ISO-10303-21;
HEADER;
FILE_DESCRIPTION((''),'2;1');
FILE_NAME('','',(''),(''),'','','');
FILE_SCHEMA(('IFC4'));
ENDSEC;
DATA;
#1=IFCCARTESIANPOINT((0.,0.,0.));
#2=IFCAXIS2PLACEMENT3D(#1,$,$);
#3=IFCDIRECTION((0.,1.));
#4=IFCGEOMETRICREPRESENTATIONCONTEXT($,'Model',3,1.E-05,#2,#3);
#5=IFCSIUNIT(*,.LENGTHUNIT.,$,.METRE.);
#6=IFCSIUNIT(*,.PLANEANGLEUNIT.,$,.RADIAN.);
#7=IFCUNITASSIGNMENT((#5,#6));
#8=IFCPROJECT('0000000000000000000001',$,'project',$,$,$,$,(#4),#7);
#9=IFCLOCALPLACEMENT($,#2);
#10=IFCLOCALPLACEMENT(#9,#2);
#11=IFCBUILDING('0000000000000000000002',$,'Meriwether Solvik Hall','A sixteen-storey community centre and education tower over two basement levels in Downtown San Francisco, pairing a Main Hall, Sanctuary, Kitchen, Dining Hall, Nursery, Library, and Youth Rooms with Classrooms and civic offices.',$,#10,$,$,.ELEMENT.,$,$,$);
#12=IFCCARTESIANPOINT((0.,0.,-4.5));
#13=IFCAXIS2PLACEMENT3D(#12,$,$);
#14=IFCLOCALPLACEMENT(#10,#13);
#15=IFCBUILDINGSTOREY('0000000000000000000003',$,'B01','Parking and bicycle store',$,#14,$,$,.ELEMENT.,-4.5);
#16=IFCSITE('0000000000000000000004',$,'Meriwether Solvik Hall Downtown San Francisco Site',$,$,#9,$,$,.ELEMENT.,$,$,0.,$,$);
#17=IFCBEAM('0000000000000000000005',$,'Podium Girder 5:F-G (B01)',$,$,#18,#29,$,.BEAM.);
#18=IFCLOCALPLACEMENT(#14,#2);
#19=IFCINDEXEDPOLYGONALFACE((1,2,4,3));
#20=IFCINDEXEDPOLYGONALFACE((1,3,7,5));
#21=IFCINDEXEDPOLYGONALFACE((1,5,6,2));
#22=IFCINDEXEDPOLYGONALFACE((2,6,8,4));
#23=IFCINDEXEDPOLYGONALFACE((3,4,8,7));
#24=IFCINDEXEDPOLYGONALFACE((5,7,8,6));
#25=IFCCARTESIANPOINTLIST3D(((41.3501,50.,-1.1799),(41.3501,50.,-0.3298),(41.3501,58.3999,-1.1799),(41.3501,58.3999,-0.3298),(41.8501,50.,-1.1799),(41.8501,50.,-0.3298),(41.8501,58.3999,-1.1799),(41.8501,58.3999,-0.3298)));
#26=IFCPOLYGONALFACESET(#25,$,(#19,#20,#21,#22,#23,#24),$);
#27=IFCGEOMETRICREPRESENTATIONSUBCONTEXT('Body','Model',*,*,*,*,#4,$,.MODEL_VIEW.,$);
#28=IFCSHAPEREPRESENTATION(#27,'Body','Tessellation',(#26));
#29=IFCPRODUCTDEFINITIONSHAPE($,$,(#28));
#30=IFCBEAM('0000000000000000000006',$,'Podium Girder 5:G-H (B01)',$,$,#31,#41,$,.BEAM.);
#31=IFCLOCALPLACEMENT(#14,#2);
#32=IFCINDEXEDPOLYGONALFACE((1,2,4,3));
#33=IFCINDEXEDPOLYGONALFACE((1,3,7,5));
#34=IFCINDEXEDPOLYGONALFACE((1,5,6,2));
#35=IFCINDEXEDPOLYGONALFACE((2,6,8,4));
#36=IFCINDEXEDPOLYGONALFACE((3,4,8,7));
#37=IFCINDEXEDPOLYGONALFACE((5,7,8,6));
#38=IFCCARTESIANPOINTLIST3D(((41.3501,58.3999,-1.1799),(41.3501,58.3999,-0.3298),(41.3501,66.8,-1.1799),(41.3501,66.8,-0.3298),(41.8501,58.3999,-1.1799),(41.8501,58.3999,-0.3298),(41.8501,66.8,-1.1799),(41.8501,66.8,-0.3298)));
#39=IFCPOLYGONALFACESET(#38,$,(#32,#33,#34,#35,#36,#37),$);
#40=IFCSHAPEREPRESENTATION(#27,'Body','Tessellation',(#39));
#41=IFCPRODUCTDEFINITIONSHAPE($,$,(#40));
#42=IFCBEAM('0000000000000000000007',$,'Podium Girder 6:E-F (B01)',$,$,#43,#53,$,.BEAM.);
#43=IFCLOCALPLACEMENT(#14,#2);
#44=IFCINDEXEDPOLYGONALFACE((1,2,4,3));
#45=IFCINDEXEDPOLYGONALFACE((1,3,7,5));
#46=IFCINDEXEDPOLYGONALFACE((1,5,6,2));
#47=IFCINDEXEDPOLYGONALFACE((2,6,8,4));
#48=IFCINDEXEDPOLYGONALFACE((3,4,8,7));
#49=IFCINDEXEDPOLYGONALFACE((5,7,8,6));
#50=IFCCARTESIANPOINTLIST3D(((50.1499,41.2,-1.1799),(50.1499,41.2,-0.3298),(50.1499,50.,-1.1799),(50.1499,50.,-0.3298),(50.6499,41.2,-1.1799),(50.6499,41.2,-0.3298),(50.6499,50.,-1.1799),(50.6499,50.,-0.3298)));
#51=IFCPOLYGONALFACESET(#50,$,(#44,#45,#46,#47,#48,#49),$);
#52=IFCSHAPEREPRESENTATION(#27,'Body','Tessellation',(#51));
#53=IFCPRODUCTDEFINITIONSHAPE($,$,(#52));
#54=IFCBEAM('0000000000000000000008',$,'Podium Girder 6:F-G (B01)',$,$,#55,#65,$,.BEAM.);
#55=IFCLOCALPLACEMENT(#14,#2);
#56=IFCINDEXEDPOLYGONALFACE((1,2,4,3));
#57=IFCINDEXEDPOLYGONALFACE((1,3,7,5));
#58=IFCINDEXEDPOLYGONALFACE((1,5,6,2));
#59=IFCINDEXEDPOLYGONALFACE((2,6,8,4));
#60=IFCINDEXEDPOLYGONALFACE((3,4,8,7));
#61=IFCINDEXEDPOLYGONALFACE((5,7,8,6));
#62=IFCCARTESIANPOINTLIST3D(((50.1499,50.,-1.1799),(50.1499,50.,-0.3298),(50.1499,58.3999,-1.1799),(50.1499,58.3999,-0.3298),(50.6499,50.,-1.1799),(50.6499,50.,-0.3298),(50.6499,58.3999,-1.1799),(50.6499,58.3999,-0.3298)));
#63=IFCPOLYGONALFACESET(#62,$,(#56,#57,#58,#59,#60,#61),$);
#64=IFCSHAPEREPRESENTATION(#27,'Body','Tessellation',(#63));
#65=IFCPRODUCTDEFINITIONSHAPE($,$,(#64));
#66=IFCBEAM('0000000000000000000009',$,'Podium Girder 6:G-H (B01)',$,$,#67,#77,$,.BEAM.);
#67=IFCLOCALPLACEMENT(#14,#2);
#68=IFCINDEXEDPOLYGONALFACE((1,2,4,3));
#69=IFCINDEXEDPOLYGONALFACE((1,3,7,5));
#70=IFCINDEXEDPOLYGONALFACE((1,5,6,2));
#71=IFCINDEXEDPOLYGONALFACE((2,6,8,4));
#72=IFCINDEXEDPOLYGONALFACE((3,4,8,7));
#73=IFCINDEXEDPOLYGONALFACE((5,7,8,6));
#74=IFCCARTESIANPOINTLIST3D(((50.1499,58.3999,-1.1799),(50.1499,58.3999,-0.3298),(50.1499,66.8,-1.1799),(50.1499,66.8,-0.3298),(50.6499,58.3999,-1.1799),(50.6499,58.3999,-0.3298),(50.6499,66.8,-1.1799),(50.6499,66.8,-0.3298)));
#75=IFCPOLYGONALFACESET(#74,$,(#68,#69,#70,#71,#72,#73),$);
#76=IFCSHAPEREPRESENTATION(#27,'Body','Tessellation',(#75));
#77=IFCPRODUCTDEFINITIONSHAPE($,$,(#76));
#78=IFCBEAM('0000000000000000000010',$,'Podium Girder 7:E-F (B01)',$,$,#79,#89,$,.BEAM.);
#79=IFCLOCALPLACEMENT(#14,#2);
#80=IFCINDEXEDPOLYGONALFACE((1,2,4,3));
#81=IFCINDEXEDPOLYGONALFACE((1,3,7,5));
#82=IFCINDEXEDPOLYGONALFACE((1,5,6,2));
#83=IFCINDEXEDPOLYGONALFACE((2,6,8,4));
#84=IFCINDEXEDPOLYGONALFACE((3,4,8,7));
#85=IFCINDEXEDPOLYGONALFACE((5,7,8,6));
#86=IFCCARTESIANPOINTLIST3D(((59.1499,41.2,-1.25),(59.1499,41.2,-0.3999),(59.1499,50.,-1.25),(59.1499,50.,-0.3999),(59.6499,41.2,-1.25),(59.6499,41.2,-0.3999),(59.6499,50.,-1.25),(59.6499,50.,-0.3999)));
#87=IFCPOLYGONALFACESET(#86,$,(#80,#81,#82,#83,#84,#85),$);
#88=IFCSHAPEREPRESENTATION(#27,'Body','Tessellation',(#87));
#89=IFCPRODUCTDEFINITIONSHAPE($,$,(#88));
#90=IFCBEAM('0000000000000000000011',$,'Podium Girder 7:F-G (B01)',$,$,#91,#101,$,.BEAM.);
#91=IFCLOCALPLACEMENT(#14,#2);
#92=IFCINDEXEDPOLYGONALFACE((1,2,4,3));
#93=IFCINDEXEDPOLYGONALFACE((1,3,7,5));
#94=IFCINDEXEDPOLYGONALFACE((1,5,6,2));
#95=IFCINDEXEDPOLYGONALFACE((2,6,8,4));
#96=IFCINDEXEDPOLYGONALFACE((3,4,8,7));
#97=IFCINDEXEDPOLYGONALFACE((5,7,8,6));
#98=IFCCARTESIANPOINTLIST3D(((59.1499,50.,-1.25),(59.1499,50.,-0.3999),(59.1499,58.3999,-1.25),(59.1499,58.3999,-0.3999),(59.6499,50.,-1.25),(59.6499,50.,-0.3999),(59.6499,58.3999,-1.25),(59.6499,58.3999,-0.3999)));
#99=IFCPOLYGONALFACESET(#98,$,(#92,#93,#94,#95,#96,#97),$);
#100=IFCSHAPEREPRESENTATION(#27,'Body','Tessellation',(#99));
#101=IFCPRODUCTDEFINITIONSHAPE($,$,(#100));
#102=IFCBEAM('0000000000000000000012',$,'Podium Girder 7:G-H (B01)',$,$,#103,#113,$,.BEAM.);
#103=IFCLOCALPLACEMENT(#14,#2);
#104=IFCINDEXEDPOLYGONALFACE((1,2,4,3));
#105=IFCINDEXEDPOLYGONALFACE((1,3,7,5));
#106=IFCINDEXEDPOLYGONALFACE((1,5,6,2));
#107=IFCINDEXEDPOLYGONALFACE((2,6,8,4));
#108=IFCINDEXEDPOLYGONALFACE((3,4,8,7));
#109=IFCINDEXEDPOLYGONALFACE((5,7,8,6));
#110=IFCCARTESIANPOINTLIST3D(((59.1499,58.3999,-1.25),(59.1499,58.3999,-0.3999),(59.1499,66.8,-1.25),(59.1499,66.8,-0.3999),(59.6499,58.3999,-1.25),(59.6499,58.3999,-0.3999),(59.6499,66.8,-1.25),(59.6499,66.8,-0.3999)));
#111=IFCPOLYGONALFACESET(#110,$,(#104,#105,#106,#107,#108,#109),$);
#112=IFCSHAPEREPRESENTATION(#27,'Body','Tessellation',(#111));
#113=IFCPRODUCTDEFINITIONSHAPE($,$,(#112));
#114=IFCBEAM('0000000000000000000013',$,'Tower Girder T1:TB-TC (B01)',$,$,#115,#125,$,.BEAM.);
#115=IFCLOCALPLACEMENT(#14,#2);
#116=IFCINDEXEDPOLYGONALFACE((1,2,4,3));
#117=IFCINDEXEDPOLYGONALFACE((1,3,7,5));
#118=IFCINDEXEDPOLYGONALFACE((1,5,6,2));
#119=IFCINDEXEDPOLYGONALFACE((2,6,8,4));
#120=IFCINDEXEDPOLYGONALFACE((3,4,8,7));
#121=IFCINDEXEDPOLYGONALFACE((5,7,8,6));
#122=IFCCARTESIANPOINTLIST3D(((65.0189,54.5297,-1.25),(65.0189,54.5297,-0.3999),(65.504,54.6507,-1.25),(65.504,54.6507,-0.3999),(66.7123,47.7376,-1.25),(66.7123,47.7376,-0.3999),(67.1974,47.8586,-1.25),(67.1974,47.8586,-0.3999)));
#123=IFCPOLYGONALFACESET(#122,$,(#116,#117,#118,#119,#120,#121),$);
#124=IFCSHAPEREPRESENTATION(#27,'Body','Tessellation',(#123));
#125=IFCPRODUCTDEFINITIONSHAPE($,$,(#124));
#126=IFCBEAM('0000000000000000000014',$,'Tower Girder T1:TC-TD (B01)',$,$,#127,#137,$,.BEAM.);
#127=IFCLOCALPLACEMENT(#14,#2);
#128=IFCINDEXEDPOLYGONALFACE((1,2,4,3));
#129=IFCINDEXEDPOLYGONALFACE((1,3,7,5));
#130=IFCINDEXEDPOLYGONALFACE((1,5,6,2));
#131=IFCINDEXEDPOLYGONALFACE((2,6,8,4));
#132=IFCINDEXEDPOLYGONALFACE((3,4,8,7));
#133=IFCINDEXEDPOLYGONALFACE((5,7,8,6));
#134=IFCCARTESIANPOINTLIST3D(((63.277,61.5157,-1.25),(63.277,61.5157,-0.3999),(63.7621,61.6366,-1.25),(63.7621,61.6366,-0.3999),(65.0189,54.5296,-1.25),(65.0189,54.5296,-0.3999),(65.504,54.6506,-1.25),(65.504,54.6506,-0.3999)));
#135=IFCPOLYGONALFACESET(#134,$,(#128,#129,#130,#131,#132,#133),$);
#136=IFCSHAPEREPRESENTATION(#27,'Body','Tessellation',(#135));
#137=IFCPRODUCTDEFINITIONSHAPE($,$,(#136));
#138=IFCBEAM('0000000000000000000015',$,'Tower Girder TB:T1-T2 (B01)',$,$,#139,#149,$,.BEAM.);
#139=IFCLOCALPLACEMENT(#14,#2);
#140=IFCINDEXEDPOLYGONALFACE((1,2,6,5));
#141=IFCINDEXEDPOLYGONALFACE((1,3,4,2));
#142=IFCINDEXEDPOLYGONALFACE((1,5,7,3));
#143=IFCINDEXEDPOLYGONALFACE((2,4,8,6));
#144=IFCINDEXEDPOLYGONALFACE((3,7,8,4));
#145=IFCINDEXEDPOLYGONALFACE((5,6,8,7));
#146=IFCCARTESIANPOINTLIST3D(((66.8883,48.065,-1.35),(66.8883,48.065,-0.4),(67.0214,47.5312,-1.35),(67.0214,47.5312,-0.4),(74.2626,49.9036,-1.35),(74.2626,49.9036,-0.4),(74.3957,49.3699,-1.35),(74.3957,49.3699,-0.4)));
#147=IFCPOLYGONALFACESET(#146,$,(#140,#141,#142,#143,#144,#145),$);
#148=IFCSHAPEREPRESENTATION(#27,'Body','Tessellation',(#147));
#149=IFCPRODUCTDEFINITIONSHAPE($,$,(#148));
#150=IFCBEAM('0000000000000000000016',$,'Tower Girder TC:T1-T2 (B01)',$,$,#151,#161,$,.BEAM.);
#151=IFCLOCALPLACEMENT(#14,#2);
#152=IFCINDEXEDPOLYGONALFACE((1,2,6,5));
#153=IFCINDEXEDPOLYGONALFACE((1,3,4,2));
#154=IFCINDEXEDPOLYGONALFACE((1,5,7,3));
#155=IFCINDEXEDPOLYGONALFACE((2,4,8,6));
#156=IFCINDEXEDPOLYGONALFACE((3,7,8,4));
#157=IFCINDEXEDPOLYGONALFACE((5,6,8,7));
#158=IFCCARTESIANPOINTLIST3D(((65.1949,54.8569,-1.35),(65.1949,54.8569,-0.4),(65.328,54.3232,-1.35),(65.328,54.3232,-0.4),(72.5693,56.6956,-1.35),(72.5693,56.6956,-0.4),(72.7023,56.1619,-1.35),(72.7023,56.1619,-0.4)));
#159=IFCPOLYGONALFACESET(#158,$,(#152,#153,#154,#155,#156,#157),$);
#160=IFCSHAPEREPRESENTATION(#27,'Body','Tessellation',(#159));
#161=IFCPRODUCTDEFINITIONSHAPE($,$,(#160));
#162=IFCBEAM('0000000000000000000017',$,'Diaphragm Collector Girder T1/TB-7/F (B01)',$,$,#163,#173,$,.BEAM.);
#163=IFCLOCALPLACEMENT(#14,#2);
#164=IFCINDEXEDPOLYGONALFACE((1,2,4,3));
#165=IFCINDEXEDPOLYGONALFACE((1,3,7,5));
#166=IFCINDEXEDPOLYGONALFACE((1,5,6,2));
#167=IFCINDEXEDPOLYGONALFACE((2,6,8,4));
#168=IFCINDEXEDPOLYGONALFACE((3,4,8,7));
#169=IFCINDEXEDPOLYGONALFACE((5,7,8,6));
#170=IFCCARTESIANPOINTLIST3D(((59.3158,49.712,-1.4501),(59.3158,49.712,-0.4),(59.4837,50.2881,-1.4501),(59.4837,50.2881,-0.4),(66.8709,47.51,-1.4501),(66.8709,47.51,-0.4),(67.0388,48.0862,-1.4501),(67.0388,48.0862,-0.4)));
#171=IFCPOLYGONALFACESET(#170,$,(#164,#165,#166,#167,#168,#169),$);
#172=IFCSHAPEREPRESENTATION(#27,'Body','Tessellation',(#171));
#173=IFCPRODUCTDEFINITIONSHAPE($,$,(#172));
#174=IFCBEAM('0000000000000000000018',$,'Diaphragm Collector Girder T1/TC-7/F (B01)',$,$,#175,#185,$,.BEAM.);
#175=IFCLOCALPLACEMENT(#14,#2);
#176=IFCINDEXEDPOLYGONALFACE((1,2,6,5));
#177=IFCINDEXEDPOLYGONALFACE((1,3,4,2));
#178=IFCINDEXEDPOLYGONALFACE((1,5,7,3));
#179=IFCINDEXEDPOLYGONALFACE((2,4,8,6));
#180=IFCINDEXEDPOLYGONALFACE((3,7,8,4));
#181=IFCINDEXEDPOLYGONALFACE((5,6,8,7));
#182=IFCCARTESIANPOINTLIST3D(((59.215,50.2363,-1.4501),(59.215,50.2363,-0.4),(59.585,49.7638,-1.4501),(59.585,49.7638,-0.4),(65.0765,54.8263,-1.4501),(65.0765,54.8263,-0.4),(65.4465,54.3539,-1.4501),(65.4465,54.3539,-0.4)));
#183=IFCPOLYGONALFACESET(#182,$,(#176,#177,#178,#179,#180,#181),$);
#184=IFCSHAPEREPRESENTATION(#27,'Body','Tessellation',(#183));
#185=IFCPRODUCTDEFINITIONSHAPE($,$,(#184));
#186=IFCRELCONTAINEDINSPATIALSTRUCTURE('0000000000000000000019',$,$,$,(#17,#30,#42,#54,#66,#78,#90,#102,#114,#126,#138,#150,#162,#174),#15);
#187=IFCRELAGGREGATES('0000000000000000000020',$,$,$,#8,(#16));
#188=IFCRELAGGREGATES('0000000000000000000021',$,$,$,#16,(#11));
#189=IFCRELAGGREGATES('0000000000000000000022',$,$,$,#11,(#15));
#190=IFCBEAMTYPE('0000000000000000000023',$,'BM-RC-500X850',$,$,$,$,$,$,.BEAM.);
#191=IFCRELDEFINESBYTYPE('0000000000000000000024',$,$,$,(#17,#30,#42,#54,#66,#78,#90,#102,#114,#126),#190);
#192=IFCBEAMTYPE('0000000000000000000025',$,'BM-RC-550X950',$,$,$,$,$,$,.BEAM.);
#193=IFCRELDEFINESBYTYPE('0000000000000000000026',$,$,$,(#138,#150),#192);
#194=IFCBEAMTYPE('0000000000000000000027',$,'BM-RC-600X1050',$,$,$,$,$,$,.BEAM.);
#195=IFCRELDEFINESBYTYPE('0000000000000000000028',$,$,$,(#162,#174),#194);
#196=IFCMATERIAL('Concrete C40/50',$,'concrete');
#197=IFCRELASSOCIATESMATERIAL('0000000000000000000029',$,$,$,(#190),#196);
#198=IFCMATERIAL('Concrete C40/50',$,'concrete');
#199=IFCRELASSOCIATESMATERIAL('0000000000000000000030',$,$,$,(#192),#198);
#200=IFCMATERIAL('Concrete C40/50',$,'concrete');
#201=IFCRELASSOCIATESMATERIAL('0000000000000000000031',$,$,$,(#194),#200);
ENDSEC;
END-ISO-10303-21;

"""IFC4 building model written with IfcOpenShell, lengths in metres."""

from ifc_helpers import new_model, si_unit, direction, frame, origin, origin_2d, place, context, subcontext, project, spatial, rectangle, extrude, material, material_profile, profile_set, type_object, element, save


model = new_model("IFC4")

# Units and contexts
model_context = context("Model", 3, precision=1e-05, world=origin(), true_north=direction((0.0, 1.0)))
body_context = subcontext(model_context, "Body", "Model", "MODEL_VIEW")
ifc_project = project(units=[si_unit("LENGTHUNIT", "METRE"), si_unit("PLANEANGLEUNIT", "RADIAN")], contexts=[model_context])

# Site, building, storey
site_placement = place(None, origin())
site = spatial("IfcSite", under=ifc_project, at=site_placement, Name="Meriwether Solvik Hall Downtown San Francisco Site", CompositionType="ELEMENT", RefElevation=0.0)
building_placement = place(site_placement, origin())
building = spatial("IfcBuilding", under=site, at=building_placement, Name="Meriwether Solvik Hall", Description="A sixteen-storey community centre and education tower over two basement levels in Downtown San Francisco, pairing a Main Hall, Sanctuary, Kitchen, Dining Hall, Nursery, Library, and Youth Rooms with Classrooms and civic offices.", CompositionType="ELEMENT")
storey_placement = place(building_placement, frame((0.0, 0.0, -4.5)))
storey = spatial("IfcBuildingStorey", under=building, at=storey_placement, Name="B01", Description="Parking and bicycle store", CompositionType="ELEMENT", Elevation=-4.5)

# Beams
ifc_material_1 = material(Name="Concrete C40/50", Category="concrete")
ifc_material_profile_1 = material_profile(ifc_material_1, rectangle(XDim=0.5, YDim=0.8501, at=origin_2d()), Name="RCB-500X850")
ifc_profile_set_1 = profile_set([ifc_material_profile_1], Name="Concrete C40/50")
beam_type_1 = type_object("IfcBeamType", Name="BM-RC-500X850", PredefinedType="BEAM", material=ifc_profile_set_1)
beam_1_placement = place(storey_placement, frame((41.6001, 50.0, -0.7549), z_axis=(0.0, 1.0, 0.0), x_axis=(-1.0, 0.0, 0.0)))
element("IfcBeam", 1, at=beam_1_placement, inside=storey, type_object=beam_type_1, Name="Podium Girder 5:F-G (B01)", PredefinedType="BEAM", context=body_context, shape_type="SweptSolid", body=[
    extrude(rectangle(XDim=0.5, YDim=0.8501, at=origin_2d()), origin(), (0.0, 0.0, 1.0), 8.3999),
])
beam_2_placement = place(storey_placement, frame((41.6001, 58.3999, -0.7549), z_axis=(0.0, 1.0, 0.0), x_axis=(-1.0, 0.0, 0.0)))
element("IfcBeam", 2, at=beam_2_placement, inside=storey, type_object=beam_type_1, Name="Podium Girder 5:G-H (B01)", PredefinedType="BEAM", context=body_context, shape_type="SweptSolid", body=[
    extrude(rectangle(XDim=0.5, YDim=0.8501, at=origin_2d()), origin(), (0.0, 0.0, 1.0), 8.4001),
])
beam_3_placement = place(storey_placement, frame((50.3999, 41.2, -0.7549), z_axis=(0.0, 1.0, 0.0), x_axis=(-1.0, 0.0, 0.0)))
element("IfcBeam", 3, at=beam_3_placement, inside=storey, type_object=beam_type_1, Name="Podium Girder 6:E-F (B01)", PredefinedType="BEAM", context=body_context, shape_type="SweptSolid", body=[
    extrude(rectangle(XDim=0.5, YDim=0.8501, at=origin_2d()), origin(), (0.0, 0.0, 1.0), 8.8),
])
beam_4_placement = place(storey_placement, frame((50.3999, 50.0, -0.7549), z_axis=(0.0, 1.0, 0.0), x_axis=(-1.0, 0.0, 0.0)))
element("IfcBeam", 4, at=beam_4_placement, inside=storey, type_object=beam_type_1, Name="Podium Girder 6:F-G (B01)", PredefinedType="BEAM", context=body_context, shape_type="SweptSolid", body=[
    extrude(rectangle(XDim=0.5, YDim=0.8501, at=origin_2d()), origin(), (0.0, 0.0, 1.0), 8.3999),
])
beam_5_placement = place(storey_placement, frame((50.3999, 58.3999, -0.7549), z_axis=(0.0, 1.0, 0.0), x_axis=(-1.0, 0.0, 0.0)))
element("IfcBeam", 5, at=beam_5_placement, inside=storey, type_object=beam_type_1, Name="Podium Girder 6:G-H (B01)", PredefinedType="BEAM", context=body_context, shape_type="SweptSolid", body=[
    extrude(rectangle(XDim=0.5, YDim=0.8501, at=origin_2d()), origin(), (0.0, 0.0, 1.0), 8.4001),
])
beam_6_placement = place(storey_placement, frame((59.3999, 41.2, -0.825), z_axis=(0.0, 1.0, 0.0), x_axis=(-1.0, 0.0, 0.0)))
element("IfcBeam", 6, at=beam_6_placement, inside=storey, type_object=beam_type_1, Name="Podium Girder 7:E-F (B01)", PredefinedType="BEAM", context=body_context, shape_type="SweptSolid", body=[
    extrude(rectangle(XDim=0.5, YDim=0.8501, at=origin_2d()), origin(), (0.0, 0.0, 1.0), 8.8),
])
beam_7_placement = place(storey_placement, frame((59.3999, 50.0, -0.825), z_axis=(0.0, 1.0, 0.0), x_axis=(-1.0, 0.0, 0.0)))
element("IfcBeam", 7, at=beam_7_placement, inside=storey, type_object=beam_type_1, Name="Podium Girder 7:F-G (B01)", PredefinedType="BEAM", context=body_context, shape_type="SweptSolid", body=[
    extrude(rectangle(XDim=0.5, YDim=0.8501, at=origin_2d()), origin(), (0.0, 0.0, 1.0), 8.3999),
])
beam_8_placement = place(storey_placement, frame((59.3999, 58.3999, -0.825), z_axis=(0.0, 1.0, 0.0), x_axis=(-1.0, 0.0, 0.0)))
element("IfcBeam", 8, at=beam_8_placement, inside=storey, type_object=beam_type_1, Name="Podium Girder 7:G-H (B01)", PredefinedType="BEAM", context=body_context, shape_type="SweptSolid", body=[
    extrude(rectangle(XDim=0.5, YDim=0.8501, at=origin_2d()), origin(), (0.0, 0.0, 1.0), 8.4001),
])
beam_9_placement = place(storey_placement, frame((66.9548, 47.7981, -0.825), z_axis=(-0.241912, 0.970298, 0.0), x_axis=(-0.970298, -0.241912, 0.0)))
element("IfcBeam", 9, at=beam_9_placement, inside=storey, type_object=beam_type_1, Name="Tower Girder T1:TB-TC (B01)", PredefinedType="BEAM", context=body_context, shape_type="SweptSolid", body=[
    extrude(rectangle(XDim=0.5, YDim=0.8501, at=origin_2d()), origin(), (0.0, 0.0, 1.0), 7.0),
])
beam_10_placement = place(storey_placement, frame((65.2615, 54.5901, -0.825), z_axis=(-0.241937, 0.970292, 0.0), x_axis=(-0.970292, -0.241937, 0.0)))
element("IfcBeam", 10, at=beam_10_placement, inside=storey, type_object=beam_type_1, Name="Tower Girder T1:TC-TD (B01)", PredefinedType="BEAM", context=body_context, shape_type="SweptSolid", body=[
    extrude(rectangle(XDim=0.5, YDim=0.8501, at=origin_2d()), origin(), (0.0, 0.0, 1.0), 7.2),
])
ifc_material_2 = material(Name="Concrete C40/50", Category="concrete")
ifc_material_profile_2 = material_profile(ifc_material_2, rectangle(XDim=0.55, YDim=0.95, at=origin_2d()), Name="RCB-550X950")
ifc_profile_set_2 = profile_set([ifc_material_profile_2], Name="Concrete C40/50")
beam_type_2 = type_object("IfcBeamType", Name="BM-RC-550X950", PredefinedType="BEAM", material=ifc_profile_set_2)
for number, where, z_axis, x_axis, name in (
    (11, (66.9548, 47.7981, -0.875), (0.970295, 0.241923, 0.0), (-0.241923, 0.970295, 0.0), "Tower Girder TB:T1-T2 (B01)"),
    (12, (65.2615, 54.5901, -0.875), (0.970295, 0.241923, 0.0), (-0.241923, 0.970295, 0.0), "Tower Girder TC:T1-T2 (B01)"),
):
    element("IfcBeam", number, at=place(storey_placement, frame(where, z_axis=z_axis, x_axis=x_axis)), inside=storey, type_object=beam_type_2, Name=name, PredefinedType="BEAM", context=body_context, shape_type="SweptSolid", body=[
        extrude(rectangle(XDim=0.55, YDim=0.95, at=origin_2d()), origin(), (0.0, 0.0, 1.0), 7.6001),
    ])
ifc_material_3 = material(Name="Concrete C40/50", Category="concrete")
ifc_material_profile_3 = material_profile(ifc_material_3, rectangle(XDim=0.6001, YDim=1.05, at=origin_2d()), Name="RCB-600X1050")
ifc_profile_set_3 = profile_set([ifc_material_profile_3], Name="Concrete C40/50")
beam_type_3 = type_object("IfcBeamType", Name="BM-RC-600X1050", PredefinedType="BEAM", material=ifc_profile_set_3)
beam_11_placement = place(storey_placement, frame((66.9548, 47.7981, -0.925), z_axis=(-0.960055, 0.279811, 0.0), x_axis=(-0.279811, -0.960055, 0.0)))
element("IfcBeam", 13, at=beam_11_placement, inside=storey, type_object=beam_type_3, Name="Diaphragm Collector Girder T1/TB-7/F (B01)", PredefinedType="BEAM", context=body_context, shape_type="SweptSolid", body=[
    extrude(rectangle(XDim=0.6001, YDim=1.05, at=origin_2d()), origin(), (0.0, 0.0, 1.0), 7.8694),
])
beam_12_placement = place(storey_placement, frame((65.2615, 54.5901, -0.925), z_axis=(-0.787324, -0.616539, 0.0), x_axis=(0.616539, -0.787324, 0.0)))
element("IfcBeam", 14, at=beam_12_placement, inside=storey, type_object=beam_type_3, Name="Diaphragm Collector Girder T1/TC-7/F (B01)", PredefinedType="BEAM", context=body_context, shape_type="SweptSolid", body=[
    extrude(rectangle(XDim=0.6001, YDim=1.05, at=origin_2d()), origin(), (0.0, 0.0, 1.0), 7.4448),
])

save(model, "model.ifc")
